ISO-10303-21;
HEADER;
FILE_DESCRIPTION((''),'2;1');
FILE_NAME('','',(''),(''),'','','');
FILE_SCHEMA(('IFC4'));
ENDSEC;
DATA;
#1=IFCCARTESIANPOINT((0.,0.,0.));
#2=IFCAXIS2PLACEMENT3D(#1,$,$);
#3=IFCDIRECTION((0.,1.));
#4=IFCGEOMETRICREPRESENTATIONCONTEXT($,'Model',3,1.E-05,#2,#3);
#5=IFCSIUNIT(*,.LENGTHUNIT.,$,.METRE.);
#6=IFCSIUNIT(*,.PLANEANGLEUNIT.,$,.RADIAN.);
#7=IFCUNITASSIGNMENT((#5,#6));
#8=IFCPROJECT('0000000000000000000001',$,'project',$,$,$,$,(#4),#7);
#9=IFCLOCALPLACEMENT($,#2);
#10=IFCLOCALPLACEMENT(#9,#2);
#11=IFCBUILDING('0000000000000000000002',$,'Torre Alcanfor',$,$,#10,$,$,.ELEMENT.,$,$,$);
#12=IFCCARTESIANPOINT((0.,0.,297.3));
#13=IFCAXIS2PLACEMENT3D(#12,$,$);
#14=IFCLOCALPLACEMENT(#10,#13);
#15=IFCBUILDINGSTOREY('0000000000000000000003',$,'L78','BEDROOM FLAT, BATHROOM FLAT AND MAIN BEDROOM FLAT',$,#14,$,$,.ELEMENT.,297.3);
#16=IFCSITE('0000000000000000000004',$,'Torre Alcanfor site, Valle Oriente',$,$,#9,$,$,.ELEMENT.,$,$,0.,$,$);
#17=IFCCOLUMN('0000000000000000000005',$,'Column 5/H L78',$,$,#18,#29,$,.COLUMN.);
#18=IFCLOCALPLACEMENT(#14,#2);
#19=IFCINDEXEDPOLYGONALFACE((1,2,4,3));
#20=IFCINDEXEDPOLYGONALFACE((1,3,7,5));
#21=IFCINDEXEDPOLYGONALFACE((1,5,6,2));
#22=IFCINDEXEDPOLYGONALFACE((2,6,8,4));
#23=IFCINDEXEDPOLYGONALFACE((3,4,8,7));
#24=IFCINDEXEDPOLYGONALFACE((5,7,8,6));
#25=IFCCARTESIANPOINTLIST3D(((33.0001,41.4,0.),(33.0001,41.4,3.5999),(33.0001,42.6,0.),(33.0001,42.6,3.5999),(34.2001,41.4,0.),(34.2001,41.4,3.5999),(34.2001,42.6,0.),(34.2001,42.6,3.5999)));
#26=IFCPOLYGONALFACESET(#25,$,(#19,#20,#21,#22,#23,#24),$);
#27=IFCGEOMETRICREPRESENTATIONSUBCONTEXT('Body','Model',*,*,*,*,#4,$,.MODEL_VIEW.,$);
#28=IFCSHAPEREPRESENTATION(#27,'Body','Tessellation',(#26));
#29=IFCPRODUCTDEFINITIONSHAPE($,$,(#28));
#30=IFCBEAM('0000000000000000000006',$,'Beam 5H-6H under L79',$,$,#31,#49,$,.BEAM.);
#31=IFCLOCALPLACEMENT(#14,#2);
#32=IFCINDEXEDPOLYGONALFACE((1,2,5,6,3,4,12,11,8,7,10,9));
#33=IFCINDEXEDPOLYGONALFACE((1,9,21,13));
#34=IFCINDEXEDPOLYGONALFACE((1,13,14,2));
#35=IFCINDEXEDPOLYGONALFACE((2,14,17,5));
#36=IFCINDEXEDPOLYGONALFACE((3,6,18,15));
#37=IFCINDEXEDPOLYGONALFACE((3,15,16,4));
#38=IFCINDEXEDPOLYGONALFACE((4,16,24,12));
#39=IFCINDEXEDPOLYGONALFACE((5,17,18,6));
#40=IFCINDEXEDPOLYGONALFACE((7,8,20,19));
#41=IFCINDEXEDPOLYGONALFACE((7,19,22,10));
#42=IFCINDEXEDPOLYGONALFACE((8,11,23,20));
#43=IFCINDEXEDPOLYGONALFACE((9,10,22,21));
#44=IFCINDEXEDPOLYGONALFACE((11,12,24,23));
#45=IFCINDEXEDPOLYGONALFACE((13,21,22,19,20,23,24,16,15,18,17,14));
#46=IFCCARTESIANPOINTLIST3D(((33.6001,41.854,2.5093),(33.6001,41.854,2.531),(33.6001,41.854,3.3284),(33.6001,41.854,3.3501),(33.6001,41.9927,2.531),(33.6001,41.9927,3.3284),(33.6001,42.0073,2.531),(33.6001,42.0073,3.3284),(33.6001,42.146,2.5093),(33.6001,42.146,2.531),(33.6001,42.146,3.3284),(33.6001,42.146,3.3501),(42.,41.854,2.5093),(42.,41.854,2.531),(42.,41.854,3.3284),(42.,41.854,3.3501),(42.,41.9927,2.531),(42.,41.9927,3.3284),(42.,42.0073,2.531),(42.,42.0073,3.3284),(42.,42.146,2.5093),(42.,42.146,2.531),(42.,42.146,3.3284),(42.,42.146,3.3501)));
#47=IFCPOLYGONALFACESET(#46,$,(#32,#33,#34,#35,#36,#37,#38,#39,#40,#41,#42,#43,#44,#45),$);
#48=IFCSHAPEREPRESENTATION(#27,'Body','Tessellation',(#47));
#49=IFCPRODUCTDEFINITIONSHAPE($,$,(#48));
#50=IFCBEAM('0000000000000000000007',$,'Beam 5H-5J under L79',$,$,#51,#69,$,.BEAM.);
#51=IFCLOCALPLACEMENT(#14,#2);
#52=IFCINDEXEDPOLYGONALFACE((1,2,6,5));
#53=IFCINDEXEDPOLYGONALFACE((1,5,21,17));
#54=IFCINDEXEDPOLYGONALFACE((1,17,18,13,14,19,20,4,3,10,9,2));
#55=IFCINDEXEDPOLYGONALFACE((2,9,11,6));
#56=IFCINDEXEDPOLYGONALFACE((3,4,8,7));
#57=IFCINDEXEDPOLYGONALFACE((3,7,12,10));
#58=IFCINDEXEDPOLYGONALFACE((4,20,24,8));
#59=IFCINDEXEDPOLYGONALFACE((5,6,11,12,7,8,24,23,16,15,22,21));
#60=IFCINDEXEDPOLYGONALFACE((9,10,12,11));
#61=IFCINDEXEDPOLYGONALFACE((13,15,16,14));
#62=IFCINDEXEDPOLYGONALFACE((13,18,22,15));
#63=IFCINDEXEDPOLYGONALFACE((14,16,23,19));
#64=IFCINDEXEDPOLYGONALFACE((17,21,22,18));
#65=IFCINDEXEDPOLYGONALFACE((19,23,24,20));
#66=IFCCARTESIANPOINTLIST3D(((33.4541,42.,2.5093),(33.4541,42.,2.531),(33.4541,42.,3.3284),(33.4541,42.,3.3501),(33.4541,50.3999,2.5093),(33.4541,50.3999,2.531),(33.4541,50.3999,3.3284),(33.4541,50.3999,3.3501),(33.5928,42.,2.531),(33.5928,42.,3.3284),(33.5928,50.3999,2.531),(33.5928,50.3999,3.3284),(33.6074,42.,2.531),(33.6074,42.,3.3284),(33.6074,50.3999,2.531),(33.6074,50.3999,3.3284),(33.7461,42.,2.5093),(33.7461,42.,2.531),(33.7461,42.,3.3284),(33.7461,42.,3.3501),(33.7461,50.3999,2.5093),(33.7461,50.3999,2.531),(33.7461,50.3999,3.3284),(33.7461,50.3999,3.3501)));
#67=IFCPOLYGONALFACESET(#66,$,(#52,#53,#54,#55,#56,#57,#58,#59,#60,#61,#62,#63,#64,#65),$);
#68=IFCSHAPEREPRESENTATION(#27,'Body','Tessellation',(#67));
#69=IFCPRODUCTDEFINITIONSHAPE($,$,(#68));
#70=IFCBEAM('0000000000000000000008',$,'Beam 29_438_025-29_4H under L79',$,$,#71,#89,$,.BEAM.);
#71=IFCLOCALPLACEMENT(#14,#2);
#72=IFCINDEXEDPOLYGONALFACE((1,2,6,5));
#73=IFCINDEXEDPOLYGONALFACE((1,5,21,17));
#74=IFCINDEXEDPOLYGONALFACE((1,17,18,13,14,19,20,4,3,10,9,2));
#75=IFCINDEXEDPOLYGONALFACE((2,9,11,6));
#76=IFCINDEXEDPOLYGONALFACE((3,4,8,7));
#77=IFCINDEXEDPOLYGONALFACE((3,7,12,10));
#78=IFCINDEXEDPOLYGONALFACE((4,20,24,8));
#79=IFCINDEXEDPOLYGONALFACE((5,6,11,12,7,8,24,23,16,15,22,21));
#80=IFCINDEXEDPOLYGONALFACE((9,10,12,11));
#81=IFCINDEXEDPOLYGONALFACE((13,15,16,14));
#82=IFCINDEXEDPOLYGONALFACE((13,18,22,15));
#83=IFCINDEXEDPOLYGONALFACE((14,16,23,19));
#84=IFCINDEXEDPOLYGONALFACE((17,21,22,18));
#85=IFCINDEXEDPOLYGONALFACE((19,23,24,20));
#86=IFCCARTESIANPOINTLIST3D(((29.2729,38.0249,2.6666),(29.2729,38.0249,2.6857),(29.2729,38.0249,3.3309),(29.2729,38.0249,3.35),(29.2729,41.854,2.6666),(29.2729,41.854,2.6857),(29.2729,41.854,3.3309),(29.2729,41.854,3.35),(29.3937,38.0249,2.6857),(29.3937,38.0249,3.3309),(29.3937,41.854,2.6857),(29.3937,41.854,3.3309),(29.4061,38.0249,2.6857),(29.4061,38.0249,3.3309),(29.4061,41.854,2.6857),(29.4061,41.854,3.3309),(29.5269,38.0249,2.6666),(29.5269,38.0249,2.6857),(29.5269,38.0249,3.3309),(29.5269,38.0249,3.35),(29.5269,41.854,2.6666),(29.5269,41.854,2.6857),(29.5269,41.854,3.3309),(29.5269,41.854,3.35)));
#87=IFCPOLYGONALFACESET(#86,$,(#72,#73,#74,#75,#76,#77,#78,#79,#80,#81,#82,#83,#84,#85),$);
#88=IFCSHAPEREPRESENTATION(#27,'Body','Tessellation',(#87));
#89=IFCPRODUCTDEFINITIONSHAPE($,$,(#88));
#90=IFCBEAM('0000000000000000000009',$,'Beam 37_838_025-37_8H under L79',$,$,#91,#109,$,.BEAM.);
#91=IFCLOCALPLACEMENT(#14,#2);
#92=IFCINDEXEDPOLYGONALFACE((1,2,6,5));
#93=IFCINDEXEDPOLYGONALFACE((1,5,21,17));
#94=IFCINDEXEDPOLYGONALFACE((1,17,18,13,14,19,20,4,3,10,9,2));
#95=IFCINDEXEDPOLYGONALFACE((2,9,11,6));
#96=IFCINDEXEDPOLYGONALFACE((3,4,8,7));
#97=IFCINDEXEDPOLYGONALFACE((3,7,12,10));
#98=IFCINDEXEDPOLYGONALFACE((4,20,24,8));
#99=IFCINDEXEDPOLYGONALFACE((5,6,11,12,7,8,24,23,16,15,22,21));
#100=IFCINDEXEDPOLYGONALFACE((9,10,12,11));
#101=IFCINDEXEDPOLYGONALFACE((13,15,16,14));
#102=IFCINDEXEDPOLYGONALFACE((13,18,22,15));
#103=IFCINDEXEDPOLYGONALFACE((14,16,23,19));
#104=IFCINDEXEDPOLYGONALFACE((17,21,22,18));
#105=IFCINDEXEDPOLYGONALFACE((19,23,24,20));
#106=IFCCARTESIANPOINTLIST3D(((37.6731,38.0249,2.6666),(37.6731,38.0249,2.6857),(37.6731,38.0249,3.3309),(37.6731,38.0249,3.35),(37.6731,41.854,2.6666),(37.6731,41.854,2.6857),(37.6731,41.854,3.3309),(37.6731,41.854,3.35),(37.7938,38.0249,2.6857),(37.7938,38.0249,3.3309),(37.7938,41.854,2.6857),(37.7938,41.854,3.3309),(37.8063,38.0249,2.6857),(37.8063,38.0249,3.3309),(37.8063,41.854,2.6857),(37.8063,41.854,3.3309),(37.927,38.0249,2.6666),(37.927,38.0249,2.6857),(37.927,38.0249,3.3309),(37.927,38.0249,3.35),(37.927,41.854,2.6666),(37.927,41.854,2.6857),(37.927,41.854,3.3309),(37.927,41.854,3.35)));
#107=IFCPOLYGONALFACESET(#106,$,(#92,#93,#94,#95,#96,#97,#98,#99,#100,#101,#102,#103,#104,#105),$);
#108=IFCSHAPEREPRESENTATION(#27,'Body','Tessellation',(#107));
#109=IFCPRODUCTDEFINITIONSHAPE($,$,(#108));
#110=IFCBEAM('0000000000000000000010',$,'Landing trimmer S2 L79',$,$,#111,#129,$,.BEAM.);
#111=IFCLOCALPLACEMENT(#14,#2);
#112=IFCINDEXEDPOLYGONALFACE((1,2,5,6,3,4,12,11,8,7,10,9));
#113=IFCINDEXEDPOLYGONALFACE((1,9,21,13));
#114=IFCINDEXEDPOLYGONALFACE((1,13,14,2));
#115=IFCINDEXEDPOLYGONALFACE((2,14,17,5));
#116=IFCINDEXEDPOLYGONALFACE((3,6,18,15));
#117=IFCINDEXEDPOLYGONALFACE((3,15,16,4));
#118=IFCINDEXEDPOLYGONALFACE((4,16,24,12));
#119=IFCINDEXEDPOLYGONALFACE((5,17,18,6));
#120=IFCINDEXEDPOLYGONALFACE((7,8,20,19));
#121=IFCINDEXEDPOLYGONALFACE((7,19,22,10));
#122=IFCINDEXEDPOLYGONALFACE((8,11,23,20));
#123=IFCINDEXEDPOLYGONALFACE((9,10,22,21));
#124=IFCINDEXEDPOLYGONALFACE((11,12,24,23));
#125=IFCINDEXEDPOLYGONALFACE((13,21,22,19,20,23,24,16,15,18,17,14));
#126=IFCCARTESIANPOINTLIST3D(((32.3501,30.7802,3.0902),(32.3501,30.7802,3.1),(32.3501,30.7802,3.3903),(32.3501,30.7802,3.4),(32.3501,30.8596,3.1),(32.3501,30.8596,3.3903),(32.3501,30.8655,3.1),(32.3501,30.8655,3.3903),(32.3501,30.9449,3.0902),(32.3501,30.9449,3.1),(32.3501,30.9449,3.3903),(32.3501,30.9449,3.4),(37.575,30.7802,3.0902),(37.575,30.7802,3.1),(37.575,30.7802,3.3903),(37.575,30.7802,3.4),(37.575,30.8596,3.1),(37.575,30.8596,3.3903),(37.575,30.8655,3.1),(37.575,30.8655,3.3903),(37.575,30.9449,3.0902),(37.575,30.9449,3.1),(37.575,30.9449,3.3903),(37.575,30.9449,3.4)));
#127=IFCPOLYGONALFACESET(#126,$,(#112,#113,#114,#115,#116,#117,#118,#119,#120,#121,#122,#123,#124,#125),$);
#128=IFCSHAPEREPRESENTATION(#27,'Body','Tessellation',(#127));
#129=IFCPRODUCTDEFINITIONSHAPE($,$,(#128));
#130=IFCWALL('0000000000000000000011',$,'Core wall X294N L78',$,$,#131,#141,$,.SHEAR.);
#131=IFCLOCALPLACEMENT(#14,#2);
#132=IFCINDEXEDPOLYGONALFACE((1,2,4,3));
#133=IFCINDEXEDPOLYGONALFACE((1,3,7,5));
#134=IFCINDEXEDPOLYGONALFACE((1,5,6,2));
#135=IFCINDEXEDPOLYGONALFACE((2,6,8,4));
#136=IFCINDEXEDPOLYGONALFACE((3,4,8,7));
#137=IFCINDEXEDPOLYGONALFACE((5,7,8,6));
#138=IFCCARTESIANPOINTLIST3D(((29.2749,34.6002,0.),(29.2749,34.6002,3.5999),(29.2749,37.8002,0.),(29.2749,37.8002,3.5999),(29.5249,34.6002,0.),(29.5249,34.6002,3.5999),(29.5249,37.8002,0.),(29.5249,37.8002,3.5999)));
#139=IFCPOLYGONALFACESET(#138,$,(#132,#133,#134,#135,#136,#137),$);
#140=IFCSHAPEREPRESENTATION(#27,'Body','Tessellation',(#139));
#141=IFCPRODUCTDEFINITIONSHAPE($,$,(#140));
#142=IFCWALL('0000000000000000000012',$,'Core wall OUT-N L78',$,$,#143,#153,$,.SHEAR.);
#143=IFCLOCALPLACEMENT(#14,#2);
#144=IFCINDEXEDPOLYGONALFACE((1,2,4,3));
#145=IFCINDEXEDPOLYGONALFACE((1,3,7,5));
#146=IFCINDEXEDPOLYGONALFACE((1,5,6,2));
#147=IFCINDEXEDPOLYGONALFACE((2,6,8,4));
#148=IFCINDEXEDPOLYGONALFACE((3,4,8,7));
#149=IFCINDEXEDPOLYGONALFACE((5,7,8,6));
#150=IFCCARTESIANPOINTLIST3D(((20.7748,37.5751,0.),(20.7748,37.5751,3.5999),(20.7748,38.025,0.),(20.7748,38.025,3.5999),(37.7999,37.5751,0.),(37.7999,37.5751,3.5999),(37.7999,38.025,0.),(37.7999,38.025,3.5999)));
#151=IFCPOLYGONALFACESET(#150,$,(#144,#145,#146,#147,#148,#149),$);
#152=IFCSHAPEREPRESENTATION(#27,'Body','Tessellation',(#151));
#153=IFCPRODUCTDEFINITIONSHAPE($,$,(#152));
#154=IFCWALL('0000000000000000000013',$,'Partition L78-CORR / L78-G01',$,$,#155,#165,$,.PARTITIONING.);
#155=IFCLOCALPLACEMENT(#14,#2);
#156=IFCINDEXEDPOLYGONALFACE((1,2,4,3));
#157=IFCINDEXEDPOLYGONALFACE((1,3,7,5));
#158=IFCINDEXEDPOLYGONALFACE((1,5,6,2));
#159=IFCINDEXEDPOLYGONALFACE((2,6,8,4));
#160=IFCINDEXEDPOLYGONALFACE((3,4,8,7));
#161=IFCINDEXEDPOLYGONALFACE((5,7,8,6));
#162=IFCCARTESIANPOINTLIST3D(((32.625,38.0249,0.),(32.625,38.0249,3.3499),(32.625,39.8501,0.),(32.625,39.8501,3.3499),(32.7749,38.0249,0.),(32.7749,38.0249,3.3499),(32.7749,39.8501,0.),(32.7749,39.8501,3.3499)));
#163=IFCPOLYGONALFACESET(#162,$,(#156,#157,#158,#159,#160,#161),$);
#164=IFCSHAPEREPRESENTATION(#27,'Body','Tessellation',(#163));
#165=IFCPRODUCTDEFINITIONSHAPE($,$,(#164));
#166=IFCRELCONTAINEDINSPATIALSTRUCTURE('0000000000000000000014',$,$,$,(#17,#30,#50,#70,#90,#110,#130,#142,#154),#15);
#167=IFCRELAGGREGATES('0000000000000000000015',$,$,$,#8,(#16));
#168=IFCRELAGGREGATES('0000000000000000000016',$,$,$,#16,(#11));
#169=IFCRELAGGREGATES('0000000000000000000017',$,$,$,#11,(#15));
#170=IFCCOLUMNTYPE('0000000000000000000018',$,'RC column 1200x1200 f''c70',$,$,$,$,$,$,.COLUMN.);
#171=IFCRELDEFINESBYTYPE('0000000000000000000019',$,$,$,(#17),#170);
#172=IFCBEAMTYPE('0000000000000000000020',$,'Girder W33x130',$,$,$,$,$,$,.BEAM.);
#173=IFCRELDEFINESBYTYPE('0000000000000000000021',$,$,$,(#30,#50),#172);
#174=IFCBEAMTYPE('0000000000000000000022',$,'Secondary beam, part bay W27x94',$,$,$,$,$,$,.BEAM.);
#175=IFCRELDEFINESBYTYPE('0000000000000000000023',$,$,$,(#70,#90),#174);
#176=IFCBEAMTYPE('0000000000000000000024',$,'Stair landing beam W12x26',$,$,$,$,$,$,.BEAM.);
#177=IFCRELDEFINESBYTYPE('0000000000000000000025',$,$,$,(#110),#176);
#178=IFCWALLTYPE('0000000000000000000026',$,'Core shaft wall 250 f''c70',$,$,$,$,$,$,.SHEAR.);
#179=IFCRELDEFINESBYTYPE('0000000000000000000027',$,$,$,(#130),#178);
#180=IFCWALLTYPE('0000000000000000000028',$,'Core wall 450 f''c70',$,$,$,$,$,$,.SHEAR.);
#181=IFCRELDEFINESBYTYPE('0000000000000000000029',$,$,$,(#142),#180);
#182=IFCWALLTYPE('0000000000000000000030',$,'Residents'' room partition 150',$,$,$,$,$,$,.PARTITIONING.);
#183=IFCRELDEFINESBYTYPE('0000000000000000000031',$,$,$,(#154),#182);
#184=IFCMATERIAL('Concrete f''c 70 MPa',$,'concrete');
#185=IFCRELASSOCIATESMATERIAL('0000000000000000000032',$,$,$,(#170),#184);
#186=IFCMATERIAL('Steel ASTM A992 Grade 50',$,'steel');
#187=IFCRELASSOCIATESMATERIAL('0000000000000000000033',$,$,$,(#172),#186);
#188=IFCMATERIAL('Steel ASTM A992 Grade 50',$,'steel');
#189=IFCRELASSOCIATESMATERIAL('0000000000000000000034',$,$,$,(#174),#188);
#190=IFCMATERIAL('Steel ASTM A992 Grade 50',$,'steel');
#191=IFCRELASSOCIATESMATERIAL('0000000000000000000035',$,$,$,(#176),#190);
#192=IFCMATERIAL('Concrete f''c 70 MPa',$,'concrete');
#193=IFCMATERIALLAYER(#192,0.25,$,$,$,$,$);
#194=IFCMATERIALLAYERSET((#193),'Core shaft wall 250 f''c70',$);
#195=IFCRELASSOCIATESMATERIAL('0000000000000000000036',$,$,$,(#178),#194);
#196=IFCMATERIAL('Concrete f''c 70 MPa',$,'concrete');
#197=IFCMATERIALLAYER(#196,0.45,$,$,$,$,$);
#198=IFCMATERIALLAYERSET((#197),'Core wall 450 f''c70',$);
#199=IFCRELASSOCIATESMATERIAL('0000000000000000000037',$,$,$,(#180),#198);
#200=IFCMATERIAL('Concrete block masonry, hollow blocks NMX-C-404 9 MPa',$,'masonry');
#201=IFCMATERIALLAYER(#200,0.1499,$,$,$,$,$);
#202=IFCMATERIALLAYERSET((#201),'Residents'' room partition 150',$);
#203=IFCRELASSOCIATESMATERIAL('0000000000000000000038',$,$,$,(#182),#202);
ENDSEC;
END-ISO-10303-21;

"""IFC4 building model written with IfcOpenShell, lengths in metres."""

from ifc_helpers import new_model, si_unit, direction, frame, frame_2d, origin, origin_2d, place, context, subcontext, project, spatial, rectangle, i_section, extrude, material, layer, layer_set, material_profile, profile_set, type_object, element, save


model = new_model("IFC4")

# Units and contexts
model_context = context("Model", 3, precision=1e-05, world=origin(), true_north=direction((0.0, 1.0)))
body_context = subcontext(model_context, "Body", "Model", "MODEL_VIEW")
ifc_project = project(units=[si_unit("LENGTHUNIT", "METRE"), si_unit("PLANEANGLEUNIT", "RADIAN")], contexts=[model_context])

# Site, building, storey
site_placement = place(None, origin())
site = spatial("IfcSite", under=ifc_project, at=site_placement, Name="Torre Alcanfor site, Valle Oriente", CompositionType="ELEMENT", RefElevation=0.0)
building_placement = place(site_placement, origin())
building = spatial("IfcBuilding", under=site, at=building_placement, Name="Torre Alcanfor", CompositionType="ELEMENT")
storey_placement = place(building_placement, frame((0.0, 0.0, 297.3)))
storey = spatial("IfcBuildingStorey", under=building, at=storey_placement, Name="L78", Description="BEDROOM FLAT, BATHROOM FLAT AND MAIN BEDROOM FLAT", CompositionType="ELEMENT", Elevation=297.3)

# Column
ifc_material_1 = material(Name="Concrete f'c 70 MPa", Category="concrete")
ifc_material_profile_1 = material_profile(ifc_material_1, rectangle(XDim=1.2, YDim=1.2, at=origin_2d()), Name="1200x1200")
ifc_profile_set_1 = profile_set([ifc_material_profile_1], Name="Concrete f'c 70 MPa")
column_type = type_object("IfcColumnType", Name="RC column 1200x1200 f'c70", PredefinedType="COLUMN", material=ifc_profile_set_1)
column_placement = place(storey_placement, frame((33.6001, 42.0, 0.0), z_axis=(0.0, 0.0, 1.0), x_axis=(1.0, 0.0, 0.0)))
element("IfcColumn", 1, at=column_placement, inside=storey, type_object=column_type, Name="Column 5/H L78", PredefinedType="COLUMN", context=body_context, shape_type="SweptSolid", body=[
    extrude(rectangle(XDim=1.2, YDim=1.2, at=origin_2d()), origin(), (0.0, 0.0, 1.0), 3.5999),
])

# Beams
ifc_material_2 = material(Name="Steel ASTM A992 Grade 50", Category="steel")
ifc_material_profile_2 = material_profile(ifc_material_2, i_section(OverallWidth=0.292, OverallDepth=0.8408, WebThickness=0.0146, FlangeThickness=0.0217, at=origin_2d()), Name="W33x130")
ifc_profile_set_2 = profile_set([ifc_material_profile_2], Name="Steel ASTM A992 Grade 50")
beam_type_1 = type_object("IfcBeamType", Name="Girder W33x130", PredefinedType="BEAM", material=ifc_profile_set_2)
for number, where, z_axis, x_axis, name in (
    (2, (33.6001, 42.0, 2.9297), (1.0, 0.0, 0.0), (0.0, 1.0, 0.0), "Beam 5H-6H under L79"),
    (3, (33.6001, 42.0, 2.9297), (0.0, 1.0, 0.0), (-1.0, 0.0, 0.0), "Beam 5H-5J under L79"),
):
    element("IfcBeam", number, at=place(storey_placement, frame(where, z_axis=z_axis, x_axis=x_axis)), inside=storey, type_object=beam_type_1, Name=name, PredefinedType="BEAM", context=body_context, shape_type="SweptSolid", body=[
        extrude(i_section(OverallWidth=0.292, OverallDepth=0.8408, WebThickness=0.0146, FlangeThickness=0.0217, at=origin_2d()), origin(), (0.0, 0.0, 1.0), 8.3999),
    ])
ifc_material_3 = material(Name="Steel ASTM A992 Grade 50", Category="steel")
ifc_material_profile_3 = material_profile(ifc_material_3, i_section(OverallWidth=0.2539, OverallDepth=0.6833, WebThickness=0.0125, FlangeThickness=0.019, at=origin_2d()), Name="W27x94")
ifc_profile_set_3 = profile_set([ifc_material_profile_3], Name="Steel ASTM A992 Grade 50")
beam_type_2 = type_object("IfcBeamType", Name="Secondary beam, part bay W27x94", PredefinedType="BEAM", material=ifc_profile_set_3)
for number, where, z_axis, x_axis, name in (
    (4, (29.3999, 38.0249, 3.0083), (0.0, 1.0, 0.0), (-1.0, 0.0, 0.0), "Beam 29_438_025-29_4H under L79"),
    (5, (37.8, 38.0249, 3.0083), (0.0, 1.0, 0.0), (-1.0, 0.0, 0.0), "Beam 37_838_025-37_8H under L79"),
):
    element("IfcBeam", number, at=place(storey_placement, frame(where, z_axis=z_axis, x_axis=x_axis)), inside=storey, type_object=beam_type_2, Name=name, PredefinedType="BEAM", context=body_context, shape_type="SweptSolid", body=[
        extrude(i_section(OverallWidth=0.2539, OverallDepth=0.6833, WebThickness=0.0125, FlangeThickness=0.019, at=origin_2d()), origin(), (0.0, 0.0, 1.0), 3.8291),
    ])
ifc_material_4 = material(Name="Steel ASTM A992 Grade 50", Category="steel")
ifc_material_profile_4 = material_profile(ifc_material_4, i_section(OverallWidth=0.1648, OverallDepth=0.3098, WebThickness=0.0059, FlangeThickness=0.0098, at=origin_2d()), Name="W12x26")
ifc_profile_set_4 = profile_set([ifc_material_profile_4], Name="Steel ASTM A992 Grade 50")
beam_type_3 = type_object("IfcBeamType", Name="Stair landing beam W12x26", PredefinedType="BEAM", material=ifc_profile_set_4)
beam_placement = place(storey_placement, frame((32.3501, 30.8625, 3.2451), z_axis=(1.0, 0.0, 0.0), x_axis=(0.0, 1.0, 0.0)))
element("IfcBeam", 6, at=beam_placement, inside=storey, type_object=beam_type_3, Name="Landing trimmer S2 L79", PredefinedType="BEAM", context=body_context, shape_type="SweptSolid", body=[
    extrude(i_section(OverallWidth=0.1648, OverallDepth=0.3098, WebThickness=0.0059, FlangeThickness=0.0098, at=origin_2d()), origin(), (0.0, 0.0, 1.0), 5.2249),
])

# Walls
ifc_material_5 = material(Name="Concrete f'c 70 MPa", Category="concrete")
ifc_layer_1 = layer(ifc_material_5, 0.25)
ifc_layer_set_1 = layer_set([ifc_layer_1], Name="Core shaft wall 250 f'c70")
wall_type_1 = type_object("IfcWallType", Name="Core shaft wall 250 f'c70", PredefinedType="SHEAR", material=ifc_layer_set_1)
wall_1_placement = place(storey_placement, frame((29.3999, 34.6001, 0.0), z_axis=(0.0, 0.0, 1.0), x_axis=(0.0, 1.0, 0.0)))
element("IfcWall", 7, at=wall_1_placement, inside=storey, type_object=wall_type_1, Name="Core wall X294N L78", PredefinedType="SHEAR", context=body_context, shape_type="SweptSolid", body=[
    extrude(rectangle(XDim=3.2, YDim=0.25, at=frame_2d((1.6001, 0.0))), origin(), (0.0, 0.0, 1.0), 3.5999),
])
ifc_material_6 = material(Name="Concrete f'c 70 MPa", Category="concrete")
ifc_layer_2 = layer(ifc_material_6, 0.45)
ifc_layer_set_2 = layer_set([ifc_layer_2], Name="Core wall 450 f'c70")
wall_type_2 = type_object("IfcWallType", Name="Core wall 450 f'c70", PredefinedType="SHEAR", material=ifc_layer_set_2)
wall_2_placement = place(storey_placement, frame((37.8, 37.8, 0.0), z_axis=(0.0, 0.0, 1.0), x_axis=(-1.0, 0.0, 0.0)))
element("IfcWall", 8, at=wall_2_placement, inside=storey, type_object=wall_type_2, Name="Core wall OUT-N L78", PredefinedType="SHEAR", context=body_context, shape_type="SweptSolid", body=[
    extrude(rectangle(XDim=17.0251, YDim=0.45, at=frame_2d((8.5127, 0.0))), origin(), (0.0, 0.0, 1.0), 3.5999),
])
ifc_material_7 = material(Name="Concrete block masonry, hollow blocks NMX-C-404 9 MPa", Category="masonry")
ifc_layer_3 = layer(ifc_material_7, 0.1499)
ifc_layer_set_3 = layer_set([ifc_layer_3], Name="Residents' room partition 150")
wall_type_3 = type_object("IfcWallType", Name="Residents' room partition 150", PredefinedType="PARTITIONING", material=ifc_layer_set_3)
wall_3_placement = place(storey_placement, frame((32.7, 38.0249, 0.0), z_axis=(0.0, 0.0, 1.0), x_axis=(0.0, 1.0, 0.0)))
element("IfcWall", 9, at=wall_3_placement, inside=storey, type_object=wall_type_3, Name="Partition L78-CORR / L78-G01", PredefinedType="PARTITIONING", context=body_context, shape_type="SweptSolid", body=[
    extrude(rectangle(XDim=1.8252, YDim=0.1499, at=frame_2d((0.9126, 0.0))), origin(), (0.0, 0.0, 1.0), 3.3499),
])

save(model, "model.ifc")
